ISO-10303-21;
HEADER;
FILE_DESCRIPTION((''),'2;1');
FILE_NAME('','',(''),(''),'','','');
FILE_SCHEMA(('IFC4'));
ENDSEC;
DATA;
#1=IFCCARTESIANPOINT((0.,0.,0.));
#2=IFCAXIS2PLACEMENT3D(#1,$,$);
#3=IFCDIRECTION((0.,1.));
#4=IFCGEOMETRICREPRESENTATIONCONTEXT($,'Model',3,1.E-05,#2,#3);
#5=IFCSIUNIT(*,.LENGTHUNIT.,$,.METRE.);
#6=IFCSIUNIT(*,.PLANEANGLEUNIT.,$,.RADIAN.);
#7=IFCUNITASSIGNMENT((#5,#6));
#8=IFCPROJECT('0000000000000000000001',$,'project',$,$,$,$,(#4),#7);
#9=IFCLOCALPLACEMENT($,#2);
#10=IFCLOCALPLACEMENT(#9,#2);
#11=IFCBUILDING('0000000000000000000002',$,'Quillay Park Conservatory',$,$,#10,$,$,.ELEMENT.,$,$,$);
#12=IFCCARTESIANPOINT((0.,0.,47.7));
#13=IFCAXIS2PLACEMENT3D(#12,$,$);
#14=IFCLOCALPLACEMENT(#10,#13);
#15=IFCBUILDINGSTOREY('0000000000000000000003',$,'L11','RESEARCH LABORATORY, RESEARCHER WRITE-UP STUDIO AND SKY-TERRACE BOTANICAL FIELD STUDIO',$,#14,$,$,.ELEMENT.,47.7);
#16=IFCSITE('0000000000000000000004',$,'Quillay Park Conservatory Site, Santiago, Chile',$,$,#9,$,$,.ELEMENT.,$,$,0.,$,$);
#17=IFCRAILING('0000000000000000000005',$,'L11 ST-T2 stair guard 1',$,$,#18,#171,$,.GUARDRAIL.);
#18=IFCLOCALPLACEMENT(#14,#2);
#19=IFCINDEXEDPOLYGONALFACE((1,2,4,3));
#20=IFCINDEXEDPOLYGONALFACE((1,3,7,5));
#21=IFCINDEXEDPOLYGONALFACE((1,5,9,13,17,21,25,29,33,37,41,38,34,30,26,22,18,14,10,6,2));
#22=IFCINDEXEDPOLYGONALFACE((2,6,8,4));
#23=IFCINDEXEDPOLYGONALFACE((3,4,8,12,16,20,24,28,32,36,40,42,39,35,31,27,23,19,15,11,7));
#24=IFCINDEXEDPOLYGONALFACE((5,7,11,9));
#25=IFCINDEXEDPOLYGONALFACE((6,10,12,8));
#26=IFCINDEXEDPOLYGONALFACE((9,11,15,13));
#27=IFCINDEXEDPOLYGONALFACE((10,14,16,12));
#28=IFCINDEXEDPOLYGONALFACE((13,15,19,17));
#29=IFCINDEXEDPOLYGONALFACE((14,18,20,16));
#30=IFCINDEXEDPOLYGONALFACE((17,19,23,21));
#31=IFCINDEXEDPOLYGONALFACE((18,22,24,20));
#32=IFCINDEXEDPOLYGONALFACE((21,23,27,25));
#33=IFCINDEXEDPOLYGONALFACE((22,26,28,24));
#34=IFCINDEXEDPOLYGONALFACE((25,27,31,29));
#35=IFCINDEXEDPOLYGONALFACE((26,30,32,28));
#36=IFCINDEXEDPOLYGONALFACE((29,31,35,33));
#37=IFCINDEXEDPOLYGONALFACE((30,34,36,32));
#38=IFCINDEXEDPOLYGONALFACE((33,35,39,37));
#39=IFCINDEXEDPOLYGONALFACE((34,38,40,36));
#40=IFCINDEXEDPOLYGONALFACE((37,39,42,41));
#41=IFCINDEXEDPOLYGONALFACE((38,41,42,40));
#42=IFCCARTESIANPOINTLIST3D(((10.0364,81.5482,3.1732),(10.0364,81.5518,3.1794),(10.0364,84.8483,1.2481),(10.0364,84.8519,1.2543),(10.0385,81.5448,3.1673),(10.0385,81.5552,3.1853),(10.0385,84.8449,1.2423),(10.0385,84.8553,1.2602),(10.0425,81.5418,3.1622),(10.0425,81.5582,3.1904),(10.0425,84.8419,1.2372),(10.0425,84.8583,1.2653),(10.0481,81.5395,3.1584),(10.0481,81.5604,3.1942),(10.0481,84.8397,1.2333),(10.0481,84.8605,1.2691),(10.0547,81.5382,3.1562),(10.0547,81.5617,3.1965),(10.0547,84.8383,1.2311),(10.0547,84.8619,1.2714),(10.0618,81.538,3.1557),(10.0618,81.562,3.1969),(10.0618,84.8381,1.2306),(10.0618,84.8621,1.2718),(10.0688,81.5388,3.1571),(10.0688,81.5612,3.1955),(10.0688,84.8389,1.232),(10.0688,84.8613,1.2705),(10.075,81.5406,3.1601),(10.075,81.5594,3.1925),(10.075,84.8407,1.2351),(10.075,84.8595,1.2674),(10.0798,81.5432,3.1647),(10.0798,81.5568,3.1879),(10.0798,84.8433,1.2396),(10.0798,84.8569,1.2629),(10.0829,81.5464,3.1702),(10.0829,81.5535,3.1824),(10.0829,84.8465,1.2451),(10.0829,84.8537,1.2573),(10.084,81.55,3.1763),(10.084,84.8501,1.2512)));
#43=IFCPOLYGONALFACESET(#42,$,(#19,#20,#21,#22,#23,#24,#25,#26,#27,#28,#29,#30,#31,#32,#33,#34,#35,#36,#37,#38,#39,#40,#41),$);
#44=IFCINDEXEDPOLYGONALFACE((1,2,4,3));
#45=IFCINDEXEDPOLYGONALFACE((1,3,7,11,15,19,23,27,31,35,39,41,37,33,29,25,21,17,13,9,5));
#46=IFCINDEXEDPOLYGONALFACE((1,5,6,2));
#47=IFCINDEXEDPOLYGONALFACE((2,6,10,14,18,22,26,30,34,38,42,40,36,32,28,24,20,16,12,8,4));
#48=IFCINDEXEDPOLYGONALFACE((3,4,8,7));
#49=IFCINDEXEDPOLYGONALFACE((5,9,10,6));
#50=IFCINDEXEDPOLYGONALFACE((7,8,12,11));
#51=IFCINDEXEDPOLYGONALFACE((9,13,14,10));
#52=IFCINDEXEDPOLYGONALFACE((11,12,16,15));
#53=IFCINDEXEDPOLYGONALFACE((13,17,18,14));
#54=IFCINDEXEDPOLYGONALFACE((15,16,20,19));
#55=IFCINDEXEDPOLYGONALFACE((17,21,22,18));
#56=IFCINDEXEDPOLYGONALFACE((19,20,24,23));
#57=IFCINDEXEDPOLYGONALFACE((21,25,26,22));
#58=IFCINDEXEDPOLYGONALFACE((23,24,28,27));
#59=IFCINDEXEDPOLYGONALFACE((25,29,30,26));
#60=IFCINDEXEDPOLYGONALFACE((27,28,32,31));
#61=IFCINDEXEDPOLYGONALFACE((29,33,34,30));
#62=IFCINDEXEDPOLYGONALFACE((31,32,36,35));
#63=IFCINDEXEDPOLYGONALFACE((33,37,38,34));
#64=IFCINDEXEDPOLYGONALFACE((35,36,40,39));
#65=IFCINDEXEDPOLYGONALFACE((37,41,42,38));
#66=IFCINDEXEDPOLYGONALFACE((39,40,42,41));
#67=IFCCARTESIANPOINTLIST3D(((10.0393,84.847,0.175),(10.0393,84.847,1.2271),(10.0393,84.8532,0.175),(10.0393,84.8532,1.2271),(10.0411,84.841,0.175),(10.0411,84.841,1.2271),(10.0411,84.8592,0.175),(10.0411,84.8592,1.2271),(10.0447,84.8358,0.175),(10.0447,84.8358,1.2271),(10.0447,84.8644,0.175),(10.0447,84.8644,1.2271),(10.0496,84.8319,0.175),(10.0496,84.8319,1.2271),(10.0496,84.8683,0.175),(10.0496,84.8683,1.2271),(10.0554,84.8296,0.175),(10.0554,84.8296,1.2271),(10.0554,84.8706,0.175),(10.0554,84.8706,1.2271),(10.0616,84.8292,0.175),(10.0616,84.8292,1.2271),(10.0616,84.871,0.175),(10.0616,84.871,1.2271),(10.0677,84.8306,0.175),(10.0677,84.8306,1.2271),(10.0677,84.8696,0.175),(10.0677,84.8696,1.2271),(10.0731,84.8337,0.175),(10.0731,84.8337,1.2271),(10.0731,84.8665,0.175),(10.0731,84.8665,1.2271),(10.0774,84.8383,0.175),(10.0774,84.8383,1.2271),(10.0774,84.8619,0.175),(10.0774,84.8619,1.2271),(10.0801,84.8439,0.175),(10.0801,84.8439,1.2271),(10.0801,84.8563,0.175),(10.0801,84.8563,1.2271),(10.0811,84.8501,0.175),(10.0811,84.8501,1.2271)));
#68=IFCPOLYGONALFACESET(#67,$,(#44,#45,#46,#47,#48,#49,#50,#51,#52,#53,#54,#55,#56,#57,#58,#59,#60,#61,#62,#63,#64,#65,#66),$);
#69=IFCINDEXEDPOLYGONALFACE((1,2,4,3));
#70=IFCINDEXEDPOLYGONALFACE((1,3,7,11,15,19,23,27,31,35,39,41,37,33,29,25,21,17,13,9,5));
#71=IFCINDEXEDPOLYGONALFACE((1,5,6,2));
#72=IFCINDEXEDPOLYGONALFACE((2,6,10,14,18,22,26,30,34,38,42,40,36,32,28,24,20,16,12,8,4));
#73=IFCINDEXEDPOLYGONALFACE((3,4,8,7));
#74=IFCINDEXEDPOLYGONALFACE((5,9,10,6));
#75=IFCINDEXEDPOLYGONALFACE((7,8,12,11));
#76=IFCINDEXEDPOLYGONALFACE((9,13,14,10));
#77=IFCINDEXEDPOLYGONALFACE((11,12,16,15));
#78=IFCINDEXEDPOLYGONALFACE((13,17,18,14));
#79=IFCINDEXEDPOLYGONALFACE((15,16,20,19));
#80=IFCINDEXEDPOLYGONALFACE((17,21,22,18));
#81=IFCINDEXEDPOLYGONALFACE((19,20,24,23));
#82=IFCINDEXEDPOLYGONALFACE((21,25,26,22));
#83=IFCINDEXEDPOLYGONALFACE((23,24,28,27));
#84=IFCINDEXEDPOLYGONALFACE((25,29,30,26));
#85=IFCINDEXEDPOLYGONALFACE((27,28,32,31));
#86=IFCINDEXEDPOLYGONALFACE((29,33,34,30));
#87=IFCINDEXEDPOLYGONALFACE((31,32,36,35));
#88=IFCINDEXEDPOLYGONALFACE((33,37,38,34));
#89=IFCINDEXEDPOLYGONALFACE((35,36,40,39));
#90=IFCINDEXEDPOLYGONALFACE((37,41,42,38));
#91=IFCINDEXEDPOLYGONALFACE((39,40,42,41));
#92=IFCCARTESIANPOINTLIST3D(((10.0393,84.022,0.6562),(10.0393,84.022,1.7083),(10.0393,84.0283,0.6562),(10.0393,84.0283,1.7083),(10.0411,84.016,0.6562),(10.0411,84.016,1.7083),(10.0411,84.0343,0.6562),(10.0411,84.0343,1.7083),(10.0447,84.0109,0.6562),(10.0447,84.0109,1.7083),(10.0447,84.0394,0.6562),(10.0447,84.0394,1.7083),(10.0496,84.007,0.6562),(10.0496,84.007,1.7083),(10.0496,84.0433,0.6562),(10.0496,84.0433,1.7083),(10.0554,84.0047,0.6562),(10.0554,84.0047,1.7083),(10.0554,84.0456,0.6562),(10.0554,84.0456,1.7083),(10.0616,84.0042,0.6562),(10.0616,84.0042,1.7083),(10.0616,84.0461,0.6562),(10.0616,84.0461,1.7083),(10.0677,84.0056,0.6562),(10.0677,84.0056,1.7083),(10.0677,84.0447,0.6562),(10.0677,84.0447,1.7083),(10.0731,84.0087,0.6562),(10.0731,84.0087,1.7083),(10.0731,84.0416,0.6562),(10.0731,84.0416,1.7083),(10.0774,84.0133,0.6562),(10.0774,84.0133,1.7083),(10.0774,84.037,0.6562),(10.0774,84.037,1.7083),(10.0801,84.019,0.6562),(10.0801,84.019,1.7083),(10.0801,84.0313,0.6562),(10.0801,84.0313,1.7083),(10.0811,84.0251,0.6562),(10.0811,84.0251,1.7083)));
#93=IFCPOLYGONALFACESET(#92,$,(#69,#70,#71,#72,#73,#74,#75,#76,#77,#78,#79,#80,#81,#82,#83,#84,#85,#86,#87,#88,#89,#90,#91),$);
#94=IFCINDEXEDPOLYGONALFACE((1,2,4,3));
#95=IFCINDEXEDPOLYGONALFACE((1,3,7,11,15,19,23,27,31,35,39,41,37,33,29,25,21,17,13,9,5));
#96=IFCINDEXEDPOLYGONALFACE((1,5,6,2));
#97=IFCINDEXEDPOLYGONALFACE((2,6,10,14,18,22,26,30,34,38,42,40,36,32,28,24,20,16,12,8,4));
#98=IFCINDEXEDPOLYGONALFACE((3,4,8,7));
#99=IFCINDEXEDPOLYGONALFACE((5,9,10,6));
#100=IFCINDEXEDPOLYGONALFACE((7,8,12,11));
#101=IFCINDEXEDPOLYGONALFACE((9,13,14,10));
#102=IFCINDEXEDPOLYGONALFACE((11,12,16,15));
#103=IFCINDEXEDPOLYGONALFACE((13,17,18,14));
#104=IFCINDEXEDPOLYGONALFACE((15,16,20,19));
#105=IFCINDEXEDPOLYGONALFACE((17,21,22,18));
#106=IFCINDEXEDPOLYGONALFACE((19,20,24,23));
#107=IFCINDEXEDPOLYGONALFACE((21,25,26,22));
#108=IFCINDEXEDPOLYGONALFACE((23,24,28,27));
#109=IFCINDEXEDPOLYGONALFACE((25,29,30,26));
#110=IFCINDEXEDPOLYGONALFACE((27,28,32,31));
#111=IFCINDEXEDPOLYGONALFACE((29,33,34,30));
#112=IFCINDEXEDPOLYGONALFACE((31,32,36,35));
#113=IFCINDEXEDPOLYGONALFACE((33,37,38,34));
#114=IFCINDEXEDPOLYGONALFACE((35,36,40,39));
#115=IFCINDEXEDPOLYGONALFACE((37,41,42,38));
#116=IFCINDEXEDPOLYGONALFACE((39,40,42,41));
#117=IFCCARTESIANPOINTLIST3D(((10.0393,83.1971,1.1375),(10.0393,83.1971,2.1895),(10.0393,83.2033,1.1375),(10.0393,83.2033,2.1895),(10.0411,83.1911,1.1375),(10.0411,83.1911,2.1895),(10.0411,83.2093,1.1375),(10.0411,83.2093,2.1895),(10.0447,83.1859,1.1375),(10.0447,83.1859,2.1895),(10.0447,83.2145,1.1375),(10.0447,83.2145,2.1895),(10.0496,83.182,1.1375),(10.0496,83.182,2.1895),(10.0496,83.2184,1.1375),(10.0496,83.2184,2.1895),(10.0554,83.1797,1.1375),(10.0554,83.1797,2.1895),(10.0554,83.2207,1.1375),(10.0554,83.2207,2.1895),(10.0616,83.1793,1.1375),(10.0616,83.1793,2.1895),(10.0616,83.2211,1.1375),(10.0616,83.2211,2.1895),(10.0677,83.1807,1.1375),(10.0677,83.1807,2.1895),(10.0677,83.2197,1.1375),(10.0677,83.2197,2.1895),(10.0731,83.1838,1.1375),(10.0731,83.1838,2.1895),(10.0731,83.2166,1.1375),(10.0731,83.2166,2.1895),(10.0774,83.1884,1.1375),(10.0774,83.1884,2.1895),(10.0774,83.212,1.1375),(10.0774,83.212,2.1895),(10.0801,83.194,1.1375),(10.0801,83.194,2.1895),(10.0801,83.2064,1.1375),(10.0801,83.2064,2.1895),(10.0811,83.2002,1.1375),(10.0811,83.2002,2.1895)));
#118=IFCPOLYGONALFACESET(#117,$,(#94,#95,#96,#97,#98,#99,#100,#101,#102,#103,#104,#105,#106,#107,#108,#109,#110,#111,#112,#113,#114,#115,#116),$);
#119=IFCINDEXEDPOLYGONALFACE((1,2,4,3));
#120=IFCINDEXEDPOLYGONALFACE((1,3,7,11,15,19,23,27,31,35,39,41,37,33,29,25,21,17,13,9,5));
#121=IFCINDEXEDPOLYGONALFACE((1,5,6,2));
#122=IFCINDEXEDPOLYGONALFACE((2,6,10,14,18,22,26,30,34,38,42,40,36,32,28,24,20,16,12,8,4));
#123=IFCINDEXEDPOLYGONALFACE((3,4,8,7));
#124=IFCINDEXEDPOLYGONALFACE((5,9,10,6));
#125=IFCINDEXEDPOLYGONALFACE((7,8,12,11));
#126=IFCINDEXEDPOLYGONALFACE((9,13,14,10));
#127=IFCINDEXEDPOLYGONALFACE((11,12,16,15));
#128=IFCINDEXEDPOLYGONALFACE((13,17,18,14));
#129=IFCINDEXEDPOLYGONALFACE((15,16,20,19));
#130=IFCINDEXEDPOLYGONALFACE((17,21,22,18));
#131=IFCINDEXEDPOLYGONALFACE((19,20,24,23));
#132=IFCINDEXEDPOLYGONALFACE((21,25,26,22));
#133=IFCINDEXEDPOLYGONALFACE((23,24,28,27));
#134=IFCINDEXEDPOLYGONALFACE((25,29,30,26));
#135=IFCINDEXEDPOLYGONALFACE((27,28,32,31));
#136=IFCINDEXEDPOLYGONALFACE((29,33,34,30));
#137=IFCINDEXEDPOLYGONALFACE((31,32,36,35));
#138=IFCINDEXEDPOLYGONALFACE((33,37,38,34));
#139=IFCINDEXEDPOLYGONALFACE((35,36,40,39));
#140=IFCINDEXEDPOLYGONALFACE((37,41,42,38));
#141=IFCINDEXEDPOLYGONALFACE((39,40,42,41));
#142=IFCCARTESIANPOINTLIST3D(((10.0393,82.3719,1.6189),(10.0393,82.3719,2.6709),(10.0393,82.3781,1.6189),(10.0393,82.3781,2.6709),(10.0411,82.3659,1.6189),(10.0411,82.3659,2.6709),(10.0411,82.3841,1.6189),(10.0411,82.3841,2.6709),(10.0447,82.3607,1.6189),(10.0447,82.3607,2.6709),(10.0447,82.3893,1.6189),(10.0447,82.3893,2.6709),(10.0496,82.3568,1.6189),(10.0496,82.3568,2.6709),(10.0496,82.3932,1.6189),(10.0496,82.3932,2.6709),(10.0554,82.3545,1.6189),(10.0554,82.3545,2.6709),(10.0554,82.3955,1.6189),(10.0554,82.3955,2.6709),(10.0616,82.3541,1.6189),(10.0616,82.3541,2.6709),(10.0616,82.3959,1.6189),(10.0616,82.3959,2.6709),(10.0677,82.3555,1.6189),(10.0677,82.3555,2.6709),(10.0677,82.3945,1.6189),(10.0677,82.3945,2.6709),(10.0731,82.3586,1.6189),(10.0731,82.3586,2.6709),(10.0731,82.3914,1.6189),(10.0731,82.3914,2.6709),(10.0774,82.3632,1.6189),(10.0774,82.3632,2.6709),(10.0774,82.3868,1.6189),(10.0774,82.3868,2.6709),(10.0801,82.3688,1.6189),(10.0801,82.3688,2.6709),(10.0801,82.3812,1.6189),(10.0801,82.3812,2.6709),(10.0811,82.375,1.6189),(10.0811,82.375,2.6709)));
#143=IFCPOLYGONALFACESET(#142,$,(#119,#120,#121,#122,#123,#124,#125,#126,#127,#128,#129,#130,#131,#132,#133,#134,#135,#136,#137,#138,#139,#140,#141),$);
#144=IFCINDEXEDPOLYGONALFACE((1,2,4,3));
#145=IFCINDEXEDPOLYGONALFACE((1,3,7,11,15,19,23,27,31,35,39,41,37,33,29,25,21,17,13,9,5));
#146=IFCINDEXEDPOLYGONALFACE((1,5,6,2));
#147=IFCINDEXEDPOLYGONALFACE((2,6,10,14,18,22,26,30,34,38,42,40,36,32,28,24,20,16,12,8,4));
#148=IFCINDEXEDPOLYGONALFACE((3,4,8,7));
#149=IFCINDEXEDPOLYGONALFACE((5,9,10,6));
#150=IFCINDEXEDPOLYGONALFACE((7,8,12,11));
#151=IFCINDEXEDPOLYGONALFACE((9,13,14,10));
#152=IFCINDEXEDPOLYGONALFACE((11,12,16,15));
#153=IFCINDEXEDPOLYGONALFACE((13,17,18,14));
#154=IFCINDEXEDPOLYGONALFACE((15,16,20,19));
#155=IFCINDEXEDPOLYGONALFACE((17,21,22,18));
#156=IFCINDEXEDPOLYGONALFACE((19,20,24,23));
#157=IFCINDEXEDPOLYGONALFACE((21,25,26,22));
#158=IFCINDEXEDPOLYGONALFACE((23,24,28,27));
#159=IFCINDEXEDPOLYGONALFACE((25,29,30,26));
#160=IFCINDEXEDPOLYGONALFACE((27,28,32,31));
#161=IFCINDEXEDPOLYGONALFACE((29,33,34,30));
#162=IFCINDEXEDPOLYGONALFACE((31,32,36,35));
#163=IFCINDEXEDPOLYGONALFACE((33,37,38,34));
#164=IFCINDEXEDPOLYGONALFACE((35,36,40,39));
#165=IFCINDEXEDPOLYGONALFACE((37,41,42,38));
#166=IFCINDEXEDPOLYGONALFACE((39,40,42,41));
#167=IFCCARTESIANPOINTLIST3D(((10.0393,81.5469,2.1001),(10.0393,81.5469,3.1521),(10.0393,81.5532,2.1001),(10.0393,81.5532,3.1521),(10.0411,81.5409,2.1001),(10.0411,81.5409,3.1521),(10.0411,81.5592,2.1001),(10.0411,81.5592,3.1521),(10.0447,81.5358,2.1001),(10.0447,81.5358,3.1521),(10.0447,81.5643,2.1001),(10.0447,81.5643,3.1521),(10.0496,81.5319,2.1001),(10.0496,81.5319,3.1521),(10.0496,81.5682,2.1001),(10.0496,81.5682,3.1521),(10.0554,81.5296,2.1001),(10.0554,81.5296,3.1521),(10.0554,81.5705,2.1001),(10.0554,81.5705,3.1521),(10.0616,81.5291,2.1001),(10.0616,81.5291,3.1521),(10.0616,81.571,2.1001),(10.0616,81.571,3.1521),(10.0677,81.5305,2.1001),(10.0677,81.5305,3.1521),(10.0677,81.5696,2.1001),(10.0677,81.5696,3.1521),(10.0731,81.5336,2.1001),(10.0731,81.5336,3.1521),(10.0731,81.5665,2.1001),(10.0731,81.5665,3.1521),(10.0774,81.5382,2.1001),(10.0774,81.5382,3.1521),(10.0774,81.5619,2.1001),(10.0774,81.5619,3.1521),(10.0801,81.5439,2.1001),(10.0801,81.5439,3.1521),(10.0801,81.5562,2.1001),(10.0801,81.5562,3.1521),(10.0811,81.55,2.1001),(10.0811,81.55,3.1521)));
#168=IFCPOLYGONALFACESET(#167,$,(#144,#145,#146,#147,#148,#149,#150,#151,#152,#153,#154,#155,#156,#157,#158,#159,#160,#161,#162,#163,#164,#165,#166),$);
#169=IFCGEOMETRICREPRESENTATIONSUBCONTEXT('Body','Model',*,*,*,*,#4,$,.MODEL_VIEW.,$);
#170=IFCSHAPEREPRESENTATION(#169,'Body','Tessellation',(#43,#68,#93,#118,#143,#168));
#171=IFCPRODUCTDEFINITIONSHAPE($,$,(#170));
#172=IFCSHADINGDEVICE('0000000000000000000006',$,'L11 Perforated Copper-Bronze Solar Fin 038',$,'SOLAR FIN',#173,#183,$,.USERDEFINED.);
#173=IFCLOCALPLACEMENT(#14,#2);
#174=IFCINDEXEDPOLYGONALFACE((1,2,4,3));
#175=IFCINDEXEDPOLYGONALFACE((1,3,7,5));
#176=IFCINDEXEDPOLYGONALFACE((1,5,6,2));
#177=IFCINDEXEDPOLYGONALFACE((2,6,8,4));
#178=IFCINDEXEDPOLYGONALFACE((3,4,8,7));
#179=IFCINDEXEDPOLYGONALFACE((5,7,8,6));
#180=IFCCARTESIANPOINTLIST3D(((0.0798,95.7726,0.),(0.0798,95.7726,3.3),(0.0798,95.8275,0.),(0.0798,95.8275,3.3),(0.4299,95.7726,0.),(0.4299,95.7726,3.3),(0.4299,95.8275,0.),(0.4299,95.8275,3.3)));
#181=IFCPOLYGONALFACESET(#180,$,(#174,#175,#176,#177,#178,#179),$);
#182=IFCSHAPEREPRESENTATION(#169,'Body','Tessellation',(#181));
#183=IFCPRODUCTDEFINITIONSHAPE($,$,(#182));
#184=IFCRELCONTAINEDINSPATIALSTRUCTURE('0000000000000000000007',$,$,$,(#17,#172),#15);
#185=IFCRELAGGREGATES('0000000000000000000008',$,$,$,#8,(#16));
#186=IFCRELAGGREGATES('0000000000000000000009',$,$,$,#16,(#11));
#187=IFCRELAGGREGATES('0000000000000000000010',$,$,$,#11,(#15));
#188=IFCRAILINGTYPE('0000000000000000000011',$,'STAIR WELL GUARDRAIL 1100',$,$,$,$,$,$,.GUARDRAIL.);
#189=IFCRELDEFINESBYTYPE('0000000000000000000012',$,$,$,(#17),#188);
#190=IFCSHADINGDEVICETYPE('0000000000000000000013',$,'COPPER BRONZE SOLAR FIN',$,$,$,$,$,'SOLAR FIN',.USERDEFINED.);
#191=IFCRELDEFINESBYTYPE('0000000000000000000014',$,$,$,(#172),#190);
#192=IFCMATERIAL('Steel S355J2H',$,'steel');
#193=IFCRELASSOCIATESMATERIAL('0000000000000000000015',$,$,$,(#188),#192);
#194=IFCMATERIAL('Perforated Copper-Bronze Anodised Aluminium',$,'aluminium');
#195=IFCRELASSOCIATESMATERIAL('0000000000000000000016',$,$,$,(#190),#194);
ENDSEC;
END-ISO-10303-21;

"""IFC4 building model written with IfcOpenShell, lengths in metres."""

from ifc_helpers import new_model, si_unit, direction, frame, origin, origin_2d, place, context, subcontext, project, spatial, rectangle, circle, extrude, material, type_object, element, save


model = new_model("IFC4")

# Units and contexts
model_context = context("Model", 3, precision=1e-05, world=origin(), true_north=direction((0.0, 1.0)))
body_context = subcontext(model_context, "Body", "Model", "MODEL_VIEW")
ifc_project = project(units=[si_unit("LENGTHUNIT", "METRE"), si_unit("PLANEANGLEUNIT", "RADIAN")], contexts=[model_context])

# Site, building, storey
site_placement = place(None, origin())
site = spatial("IfcSite", under=ifc_project, at=site_placement, Name="Quillay Park Conservatory Site, Santiago, Chile", CompositionType="ELEMENT", RefElevation=0.0)
building_placement = place(site_placement, origin())
building = spatial("IfcBuilding", under=site, at=building_placement, Name="Quillay Park Conservatory", CompositionType="ELEMENT")
storey_placement = place(building_placement, frame((0.0, 0.0, 47.7)))
storey = spatial("IfcBuildingStorey", under=building, at=storey_placement, Name="L11", Description="RESEARCH LABORATORY, RESEARCHER WRITE-UP STUDIO AND SKY-TERRACE BOTANICAL FIELD STUDIO", CompositionType="ELEMENT", Elevation=47.7)

# Railing
ifc_material_1 = material(Name="Steel S355J2H", Category="steel")
railing_type_1 = type_object("IfcRailingType", Name="STAIR WELL GUARDRAIL 1100", PredefinedType="GUARDRAIL", material=ifc_material_1)
railing_1_placement = place(storey_placement, frame((10.0601, 84.8501, 0.175)))
element("IfcRailing", 1, at=railing_1_placement, inside=storey, type_object=railing_type_1, Name="L11 ST-T2 stair guard 1", PredefinedType="GUARDRAIL", context=body_context, shape_type="SweptSolid", body=[
    extrude(circle(Radius=0.0239, at=origin_2d()), frame((0.0, 0.0, 1.0762), z_axis=(0.0, -0.863777, 0.503875), x_axis=(1.0, 0.0, 0.0)), (0.0, 0.0, 1.0), 3.8206),
    extrude(circle(Radius=0.021, at=origin_2d()), origin(), (0.0, 0.0, 1.0), 1.052),
    extrude(circle(Radius=0.021, at=origin_2d()), frame((0.0, -0.825, 0.4812)), (0.0, 0.0, 1.0), 1.052),
    extrude(circle(Radius=0.021, at=origin_2d()), frame((0.0, -1.6499, 0.9624)), (0.0, 0.0, 1.0), 1.052),
    extrude(circle(Radius=0.021, at=origin_2d()), frame((0.0, -2.4751, 1.4438)), (0.0, 0.0, 1.0), 1.052),
    extrude(circle(Radius=0.021, at=origin_2d()), frame((0.0, -3.3, 1.925)), (0.0, 0.0, 1.0), 1.052),
])

# Shading device
ifc_material_2 = material(Name="Perforated Copper-Bronze Anodised Aluminium", Category="aluminium")
shading_device_type = type_object("IfcShadingDeviceType", Name="COPPER BRONZE SOLAR FIN", ElementType="SOLAR FIN", PredefinedType="USERDEFINED", material=ifc_material_2)
shading_device_placement = place(storey_placement, frame((0.2549, 95.8, 0.0), z_axis=(0.0, 0.0, 1.0), x_axis=(1.0, 0.0, 0.0)))
element("IfcShadingDevice", 2, at=shading_device_placement, inside=storey, type_object=shading_device_type, Name="L11 Perforated Copper-Bronze Solar Fin 038", ObjectType="SOLAR FIN", PredefinedType="USERDEFINED", context=body_context, shape_type="SweptSolid", body=[
    extrude(rectangle(XDim=0.3501, YDim=0.0549, at=origin_2d()), origin(), (0.0, 0.0, 1.0), 3.3),
])

save(model, "model.ifc")
